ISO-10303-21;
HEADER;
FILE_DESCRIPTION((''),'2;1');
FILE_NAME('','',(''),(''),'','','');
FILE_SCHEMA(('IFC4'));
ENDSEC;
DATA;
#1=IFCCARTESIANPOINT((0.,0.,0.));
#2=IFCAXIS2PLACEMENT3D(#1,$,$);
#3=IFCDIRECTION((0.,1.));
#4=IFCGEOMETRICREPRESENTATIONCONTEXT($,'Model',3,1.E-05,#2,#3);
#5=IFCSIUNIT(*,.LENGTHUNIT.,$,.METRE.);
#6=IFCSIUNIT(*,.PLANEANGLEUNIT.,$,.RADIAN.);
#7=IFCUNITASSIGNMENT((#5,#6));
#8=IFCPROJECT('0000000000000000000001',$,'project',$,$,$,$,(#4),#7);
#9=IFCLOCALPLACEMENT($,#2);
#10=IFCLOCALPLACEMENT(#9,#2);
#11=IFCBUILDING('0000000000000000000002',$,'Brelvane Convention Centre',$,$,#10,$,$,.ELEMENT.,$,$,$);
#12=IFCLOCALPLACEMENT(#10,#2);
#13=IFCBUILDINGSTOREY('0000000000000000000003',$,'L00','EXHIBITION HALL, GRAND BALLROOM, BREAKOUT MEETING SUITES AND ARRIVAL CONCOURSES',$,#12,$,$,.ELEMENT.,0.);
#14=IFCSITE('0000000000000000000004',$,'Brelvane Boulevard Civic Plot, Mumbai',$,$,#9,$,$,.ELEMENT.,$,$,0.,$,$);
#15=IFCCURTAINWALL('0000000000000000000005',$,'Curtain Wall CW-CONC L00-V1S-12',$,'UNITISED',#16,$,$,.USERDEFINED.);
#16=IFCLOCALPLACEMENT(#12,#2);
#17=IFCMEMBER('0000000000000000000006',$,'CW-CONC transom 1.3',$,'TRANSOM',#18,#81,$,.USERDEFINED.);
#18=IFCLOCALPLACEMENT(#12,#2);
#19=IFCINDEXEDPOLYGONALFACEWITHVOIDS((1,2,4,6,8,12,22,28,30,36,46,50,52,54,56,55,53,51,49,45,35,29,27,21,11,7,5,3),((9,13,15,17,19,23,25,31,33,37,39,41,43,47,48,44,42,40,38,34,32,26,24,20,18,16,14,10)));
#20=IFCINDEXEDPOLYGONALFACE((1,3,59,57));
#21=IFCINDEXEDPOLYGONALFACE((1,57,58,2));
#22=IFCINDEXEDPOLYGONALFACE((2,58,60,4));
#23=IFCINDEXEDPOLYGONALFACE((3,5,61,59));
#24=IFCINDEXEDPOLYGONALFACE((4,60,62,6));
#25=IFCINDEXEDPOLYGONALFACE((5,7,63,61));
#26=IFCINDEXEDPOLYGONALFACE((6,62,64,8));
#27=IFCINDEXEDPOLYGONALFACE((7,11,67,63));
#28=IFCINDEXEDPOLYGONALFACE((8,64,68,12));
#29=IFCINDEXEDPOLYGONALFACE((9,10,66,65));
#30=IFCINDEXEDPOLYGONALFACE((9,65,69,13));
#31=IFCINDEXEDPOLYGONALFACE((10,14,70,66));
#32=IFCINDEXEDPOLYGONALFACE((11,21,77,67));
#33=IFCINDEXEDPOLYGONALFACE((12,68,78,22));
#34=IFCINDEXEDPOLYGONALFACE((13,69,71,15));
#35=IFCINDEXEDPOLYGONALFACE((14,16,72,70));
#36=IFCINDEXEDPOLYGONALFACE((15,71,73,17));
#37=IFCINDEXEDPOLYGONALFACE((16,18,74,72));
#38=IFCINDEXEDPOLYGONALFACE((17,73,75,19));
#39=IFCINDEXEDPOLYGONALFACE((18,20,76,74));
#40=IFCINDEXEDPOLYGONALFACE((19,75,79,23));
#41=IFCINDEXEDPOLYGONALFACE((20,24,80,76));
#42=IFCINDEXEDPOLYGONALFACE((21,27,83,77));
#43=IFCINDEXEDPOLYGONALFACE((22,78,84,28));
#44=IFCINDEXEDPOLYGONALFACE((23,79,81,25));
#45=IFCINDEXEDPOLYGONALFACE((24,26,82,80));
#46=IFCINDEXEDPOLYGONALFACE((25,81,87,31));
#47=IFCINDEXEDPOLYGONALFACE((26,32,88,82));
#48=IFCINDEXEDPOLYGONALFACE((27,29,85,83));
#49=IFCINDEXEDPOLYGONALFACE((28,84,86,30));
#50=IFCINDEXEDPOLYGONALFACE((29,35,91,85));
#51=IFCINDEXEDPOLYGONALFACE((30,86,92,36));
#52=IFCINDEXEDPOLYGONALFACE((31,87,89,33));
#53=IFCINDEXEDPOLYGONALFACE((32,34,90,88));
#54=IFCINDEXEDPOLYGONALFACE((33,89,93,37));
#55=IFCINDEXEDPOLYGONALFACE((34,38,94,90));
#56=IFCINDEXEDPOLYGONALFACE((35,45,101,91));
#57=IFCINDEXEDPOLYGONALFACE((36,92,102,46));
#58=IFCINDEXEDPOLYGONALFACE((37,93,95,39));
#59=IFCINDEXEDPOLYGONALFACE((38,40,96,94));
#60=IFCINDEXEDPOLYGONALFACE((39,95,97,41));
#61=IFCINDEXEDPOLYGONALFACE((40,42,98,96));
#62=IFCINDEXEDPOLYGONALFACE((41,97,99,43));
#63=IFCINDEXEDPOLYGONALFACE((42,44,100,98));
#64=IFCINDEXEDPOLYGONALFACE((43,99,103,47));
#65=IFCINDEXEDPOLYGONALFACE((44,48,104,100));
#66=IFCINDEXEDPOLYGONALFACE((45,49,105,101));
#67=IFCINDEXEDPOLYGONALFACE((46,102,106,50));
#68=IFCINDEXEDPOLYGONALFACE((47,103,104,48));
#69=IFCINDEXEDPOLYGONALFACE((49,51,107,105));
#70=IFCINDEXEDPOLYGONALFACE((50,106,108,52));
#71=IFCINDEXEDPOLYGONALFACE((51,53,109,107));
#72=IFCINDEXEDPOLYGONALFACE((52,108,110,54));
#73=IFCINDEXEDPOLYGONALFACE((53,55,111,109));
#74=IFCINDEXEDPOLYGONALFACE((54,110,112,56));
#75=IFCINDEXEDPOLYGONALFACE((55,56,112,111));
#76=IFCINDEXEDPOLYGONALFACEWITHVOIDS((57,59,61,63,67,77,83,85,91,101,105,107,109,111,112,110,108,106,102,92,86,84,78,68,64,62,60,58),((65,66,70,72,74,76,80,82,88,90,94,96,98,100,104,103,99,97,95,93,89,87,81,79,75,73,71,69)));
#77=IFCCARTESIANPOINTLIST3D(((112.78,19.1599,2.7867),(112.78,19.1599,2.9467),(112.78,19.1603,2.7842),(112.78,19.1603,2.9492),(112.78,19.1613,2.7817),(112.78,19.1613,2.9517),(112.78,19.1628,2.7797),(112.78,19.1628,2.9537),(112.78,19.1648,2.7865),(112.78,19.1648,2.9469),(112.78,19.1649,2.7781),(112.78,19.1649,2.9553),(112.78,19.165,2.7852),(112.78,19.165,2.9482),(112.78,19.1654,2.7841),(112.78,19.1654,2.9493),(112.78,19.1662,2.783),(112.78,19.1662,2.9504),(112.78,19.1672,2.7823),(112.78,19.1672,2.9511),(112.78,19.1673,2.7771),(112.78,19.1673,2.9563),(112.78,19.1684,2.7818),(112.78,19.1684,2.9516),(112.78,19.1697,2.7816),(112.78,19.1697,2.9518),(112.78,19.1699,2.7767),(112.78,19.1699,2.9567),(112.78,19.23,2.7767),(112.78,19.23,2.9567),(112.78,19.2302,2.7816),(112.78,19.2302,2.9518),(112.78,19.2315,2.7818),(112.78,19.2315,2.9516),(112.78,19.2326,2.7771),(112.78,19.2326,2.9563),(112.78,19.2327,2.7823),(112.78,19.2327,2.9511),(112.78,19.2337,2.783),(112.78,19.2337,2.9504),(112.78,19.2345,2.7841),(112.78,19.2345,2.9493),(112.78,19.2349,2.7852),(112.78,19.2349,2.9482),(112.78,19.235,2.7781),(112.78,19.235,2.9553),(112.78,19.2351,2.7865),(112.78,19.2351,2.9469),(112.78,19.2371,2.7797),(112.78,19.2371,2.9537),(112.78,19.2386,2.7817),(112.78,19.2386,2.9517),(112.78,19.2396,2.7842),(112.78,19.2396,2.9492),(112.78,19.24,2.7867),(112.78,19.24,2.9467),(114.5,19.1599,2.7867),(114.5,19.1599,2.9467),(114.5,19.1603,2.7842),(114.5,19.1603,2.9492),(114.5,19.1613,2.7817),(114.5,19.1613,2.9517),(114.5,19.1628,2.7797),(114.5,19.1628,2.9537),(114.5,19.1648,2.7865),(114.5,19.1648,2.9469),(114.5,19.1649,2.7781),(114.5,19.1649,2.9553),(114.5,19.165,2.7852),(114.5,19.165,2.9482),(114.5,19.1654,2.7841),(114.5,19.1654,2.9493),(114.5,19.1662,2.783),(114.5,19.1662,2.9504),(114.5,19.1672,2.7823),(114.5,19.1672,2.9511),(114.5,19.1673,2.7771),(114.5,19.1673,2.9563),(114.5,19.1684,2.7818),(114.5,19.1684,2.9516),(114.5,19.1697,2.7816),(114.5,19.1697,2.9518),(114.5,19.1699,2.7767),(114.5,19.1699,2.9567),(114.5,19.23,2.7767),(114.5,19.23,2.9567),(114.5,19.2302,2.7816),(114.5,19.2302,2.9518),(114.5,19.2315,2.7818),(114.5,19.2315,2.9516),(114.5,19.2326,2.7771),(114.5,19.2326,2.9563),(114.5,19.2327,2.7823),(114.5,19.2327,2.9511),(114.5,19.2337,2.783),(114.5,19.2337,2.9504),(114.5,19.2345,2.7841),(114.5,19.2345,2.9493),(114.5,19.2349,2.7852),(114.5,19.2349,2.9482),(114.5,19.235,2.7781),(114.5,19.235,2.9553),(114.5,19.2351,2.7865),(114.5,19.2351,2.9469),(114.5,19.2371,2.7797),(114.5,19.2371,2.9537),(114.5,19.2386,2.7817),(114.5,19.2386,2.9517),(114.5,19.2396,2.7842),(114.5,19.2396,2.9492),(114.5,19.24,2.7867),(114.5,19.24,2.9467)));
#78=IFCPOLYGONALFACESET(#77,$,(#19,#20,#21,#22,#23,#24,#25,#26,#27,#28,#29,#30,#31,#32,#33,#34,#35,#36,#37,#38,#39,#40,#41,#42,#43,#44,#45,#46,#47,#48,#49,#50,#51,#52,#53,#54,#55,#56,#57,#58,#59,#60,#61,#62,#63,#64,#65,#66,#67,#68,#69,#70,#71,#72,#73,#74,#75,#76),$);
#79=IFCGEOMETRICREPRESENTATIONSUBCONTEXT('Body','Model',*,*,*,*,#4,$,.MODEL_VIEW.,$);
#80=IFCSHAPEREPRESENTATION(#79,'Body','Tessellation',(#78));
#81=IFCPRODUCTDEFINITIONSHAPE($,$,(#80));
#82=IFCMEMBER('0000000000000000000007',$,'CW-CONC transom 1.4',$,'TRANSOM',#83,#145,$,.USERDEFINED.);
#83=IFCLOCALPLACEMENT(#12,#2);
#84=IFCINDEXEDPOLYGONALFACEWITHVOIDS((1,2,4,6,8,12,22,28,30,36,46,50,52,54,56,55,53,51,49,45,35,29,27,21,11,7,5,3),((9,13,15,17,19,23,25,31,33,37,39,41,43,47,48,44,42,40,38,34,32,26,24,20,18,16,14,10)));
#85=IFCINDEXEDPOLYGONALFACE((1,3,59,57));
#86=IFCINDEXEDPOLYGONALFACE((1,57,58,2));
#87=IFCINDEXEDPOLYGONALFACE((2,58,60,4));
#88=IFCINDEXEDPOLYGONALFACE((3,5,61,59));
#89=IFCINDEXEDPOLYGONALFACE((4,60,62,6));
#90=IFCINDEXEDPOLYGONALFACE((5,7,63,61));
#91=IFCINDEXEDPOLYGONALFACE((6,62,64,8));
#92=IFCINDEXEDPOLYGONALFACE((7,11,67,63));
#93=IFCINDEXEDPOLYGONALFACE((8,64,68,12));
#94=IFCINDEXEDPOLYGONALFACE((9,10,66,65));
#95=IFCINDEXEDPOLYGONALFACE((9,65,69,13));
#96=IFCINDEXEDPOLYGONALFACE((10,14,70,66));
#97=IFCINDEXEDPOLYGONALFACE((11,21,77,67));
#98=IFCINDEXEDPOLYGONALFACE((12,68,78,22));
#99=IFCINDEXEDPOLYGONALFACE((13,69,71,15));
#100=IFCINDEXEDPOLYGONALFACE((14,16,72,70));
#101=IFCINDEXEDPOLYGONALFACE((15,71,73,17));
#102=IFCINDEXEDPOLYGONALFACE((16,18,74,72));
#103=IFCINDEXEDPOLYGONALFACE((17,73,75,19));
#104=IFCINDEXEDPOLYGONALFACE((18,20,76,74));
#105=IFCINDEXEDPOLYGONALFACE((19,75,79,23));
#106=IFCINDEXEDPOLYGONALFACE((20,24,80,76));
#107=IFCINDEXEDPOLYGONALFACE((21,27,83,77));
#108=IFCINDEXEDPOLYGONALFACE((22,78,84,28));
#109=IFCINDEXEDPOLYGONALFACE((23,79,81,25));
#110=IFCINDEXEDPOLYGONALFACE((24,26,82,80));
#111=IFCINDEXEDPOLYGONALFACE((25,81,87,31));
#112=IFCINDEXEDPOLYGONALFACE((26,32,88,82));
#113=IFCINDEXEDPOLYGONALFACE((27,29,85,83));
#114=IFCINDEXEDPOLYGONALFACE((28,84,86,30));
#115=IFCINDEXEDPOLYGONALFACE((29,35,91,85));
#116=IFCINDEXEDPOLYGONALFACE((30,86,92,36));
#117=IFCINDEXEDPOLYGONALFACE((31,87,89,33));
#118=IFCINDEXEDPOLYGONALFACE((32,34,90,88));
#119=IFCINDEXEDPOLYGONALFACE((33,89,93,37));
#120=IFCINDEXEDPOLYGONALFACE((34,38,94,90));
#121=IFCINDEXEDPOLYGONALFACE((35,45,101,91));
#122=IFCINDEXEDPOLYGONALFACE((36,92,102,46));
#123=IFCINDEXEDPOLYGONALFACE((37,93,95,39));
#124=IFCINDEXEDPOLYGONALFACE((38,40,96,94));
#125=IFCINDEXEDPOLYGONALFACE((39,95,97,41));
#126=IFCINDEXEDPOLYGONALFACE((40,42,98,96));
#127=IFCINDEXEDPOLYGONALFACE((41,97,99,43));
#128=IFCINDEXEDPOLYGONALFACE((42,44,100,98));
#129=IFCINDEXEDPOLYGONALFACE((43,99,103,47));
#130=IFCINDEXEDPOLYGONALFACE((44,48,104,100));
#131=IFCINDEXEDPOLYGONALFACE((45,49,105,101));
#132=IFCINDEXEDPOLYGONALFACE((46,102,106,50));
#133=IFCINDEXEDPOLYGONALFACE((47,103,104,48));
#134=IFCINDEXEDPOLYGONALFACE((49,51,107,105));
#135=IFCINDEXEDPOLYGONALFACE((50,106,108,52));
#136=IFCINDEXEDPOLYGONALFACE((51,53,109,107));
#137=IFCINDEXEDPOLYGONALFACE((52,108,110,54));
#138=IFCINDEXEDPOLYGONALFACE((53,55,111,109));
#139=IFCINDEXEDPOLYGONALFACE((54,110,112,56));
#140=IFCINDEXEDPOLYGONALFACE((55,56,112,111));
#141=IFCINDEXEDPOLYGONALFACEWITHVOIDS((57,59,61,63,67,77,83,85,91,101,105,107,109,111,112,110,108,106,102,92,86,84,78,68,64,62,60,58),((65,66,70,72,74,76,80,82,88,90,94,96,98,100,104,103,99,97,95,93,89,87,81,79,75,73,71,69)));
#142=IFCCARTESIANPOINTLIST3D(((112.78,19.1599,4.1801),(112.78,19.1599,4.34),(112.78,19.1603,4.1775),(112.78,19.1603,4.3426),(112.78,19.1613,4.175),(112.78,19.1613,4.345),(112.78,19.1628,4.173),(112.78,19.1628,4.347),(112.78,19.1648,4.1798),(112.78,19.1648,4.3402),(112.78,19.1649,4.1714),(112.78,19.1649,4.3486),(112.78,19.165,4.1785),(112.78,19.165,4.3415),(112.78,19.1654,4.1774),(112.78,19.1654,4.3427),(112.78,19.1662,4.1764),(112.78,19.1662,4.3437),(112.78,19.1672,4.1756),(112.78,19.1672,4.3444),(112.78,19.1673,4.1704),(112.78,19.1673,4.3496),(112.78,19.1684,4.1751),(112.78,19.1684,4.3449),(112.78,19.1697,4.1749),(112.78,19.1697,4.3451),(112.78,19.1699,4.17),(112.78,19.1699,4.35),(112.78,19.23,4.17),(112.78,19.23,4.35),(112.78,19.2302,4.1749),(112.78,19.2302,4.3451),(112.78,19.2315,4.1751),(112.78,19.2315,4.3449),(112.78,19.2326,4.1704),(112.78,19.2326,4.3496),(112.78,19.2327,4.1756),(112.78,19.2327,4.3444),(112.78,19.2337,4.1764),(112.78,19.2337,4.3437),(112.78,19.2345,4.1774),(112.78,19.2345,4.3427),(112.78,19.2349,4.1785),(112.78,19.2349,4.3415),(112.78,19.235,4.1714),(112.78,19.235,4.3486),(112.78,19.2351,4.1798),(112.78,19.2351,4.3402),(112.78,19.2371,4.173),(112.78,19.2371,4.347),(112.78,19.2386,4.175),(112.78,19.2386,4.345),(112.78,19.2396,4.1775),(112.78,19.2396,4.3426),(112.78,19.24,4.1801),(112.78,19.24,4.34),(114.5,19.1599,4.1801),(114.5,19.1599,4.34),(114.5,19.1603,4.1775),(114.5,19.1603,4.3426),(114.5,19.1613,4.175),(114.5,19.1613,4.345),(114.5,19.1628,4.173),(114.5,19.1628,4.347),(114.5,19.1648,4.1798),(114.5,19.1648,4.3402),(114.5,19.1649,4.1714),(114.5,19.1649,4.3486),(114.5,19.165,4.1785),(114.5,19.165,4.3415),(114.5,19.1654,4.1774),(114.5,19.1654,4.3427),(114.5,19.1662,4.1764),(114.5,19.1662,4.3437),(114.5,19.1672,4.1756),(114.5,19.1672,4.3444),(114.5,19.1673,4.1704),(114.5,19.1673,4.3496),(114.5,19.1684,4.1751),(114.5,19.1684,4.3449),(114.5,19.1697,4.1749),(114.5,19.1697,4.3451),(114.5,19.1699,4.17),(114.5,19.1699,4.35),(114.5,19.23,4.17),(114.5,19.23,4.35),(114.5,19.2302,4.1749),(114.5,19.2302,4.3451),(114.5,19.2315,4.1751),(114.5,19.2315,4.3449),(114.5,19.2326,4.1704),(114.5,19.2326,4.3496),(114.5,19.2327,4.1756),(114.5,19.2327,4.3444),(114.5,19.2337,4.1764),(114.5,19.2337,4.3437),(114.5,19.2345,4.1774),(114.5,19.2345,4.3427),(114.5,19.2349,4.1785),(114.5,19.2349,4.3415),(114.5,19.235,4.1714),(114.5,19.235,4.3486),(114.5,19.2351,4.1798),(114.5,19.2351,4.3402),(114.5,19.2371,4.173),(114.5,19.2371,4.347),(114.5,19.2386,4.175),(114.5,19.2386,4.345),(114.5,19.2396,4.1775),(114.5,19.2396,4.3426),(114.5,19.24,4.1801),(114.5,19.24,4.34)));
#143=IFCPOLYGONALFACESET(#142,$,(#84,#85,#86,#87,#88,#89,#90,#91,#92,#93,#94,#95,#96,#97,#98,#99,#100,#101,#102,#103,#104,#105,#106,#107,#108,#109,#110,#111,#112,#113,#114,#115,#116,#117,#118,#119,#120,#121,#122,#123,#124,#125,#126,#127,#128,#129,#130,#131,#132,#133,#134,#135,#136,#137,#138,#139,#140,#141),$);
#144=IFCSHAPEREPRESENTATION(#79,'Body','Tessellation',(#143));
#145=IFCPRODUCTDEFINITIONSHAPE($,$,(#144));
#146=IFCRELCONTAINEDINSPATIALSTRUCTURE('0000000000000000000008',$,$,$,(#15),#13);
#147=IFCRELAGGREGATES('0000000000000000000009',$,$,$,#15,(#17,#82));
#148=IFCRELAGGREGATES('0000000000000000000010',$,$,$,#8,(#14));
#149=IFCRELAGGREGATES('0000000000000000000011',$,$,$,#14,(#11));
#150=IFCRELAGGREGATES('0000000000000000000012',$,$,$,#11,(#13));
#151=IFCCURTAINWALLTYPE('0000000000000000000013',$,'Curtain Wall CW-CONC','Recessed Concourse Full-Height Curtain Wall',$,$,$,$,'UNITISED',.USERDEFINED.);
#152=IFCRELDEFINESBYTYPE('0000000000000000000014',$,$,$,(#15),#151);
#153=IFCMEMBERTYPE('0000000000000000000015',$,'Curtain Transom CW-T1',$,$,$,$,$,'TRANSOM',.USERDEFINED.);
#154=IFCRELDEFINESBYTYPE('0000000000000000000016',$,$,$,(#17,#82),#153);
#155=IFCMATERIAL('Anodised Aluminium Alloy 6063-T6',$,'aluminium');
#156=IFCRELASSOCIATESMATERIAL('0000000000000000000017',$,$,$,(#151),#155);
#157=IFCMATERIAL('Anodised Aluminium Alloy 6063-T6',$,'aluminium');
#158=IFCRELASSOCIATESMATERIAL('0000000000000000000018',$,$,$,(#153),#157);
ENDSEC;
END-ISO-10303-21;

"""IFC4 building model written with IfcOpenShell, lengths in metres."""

from ifc_helpers import new_model, si_unit, direction, frame, origin, origin_2d, place, context, subcontext, project, spatial, hollow_rectangle, extrude, material, material_profile, profile_set, type_object, element, aggregate, save


model = new_model("IFC4")

# Units and contexts
model_context = context("Model", 3, precision=1e-05, world=origin(), true_north=direction((0.0, 1.0)))
body_context = subcontext(model_context, "Body", "Model", "MODEL_VIEW")
ifc_project = project(units=[si_unit("LENGTHUNIT", "METRE"), si_unit("PLANEANGLEUNIT", "RADIAN")], contexts=[model_context])

# Site, building, storey
site_placement = place(None, origin())
site = spatial("IfcSite", under=ifc_project, at=site_placement, Name="Brelvane Boulevard Civic Plot, Mumbai", CompositionType="ELEMENT", RefElevation=0.0)
building_placement = place(site_placement, origin())
building = spatial("IfcBuilding", under=site, at=building_placement, Name="Brelvane Convention Centre", CompositionType="ELEMENT")
storey_placement = place(building_placement, origin())
storey = spatial("IfcBuildingStorey", under=building, at=storey_placement, Name="L00", Description="EXHIBITION HALL, GRAND BALLROOM, BREAKOUT MEETING SUITES AND ARRIVAL CONCOURSES", CompositionType="ELEMENT", Elevation=0.0)

# Curtain wall, members
ifc_material_1 = material(Name="Anodised Aluminium Alloy 6063-T6", Category="aluminium")
curtain_wall_type = type_object("IfcCurtainWallType", Name="Curtain Wall CW-CONC", Description="Recessed Concourse Full-Height Curtain Wall", ElementType="UNITISED", PredefinedType="USERDEFINED", material=ifc_material_1)
curtain_wall_placement = place(storey_placement, origin())
curtain_wall = element("IfcCurtainWall", 1, at=curtain_wall_placement, inside=storey, type_object=curtain_wall_type, Name="Curtain Wall CW-CONC L00-V1S-12", ObjectType="UNITISED", PredefinedType="USERDEFINED")
ifc_material_2 = material(Name="Anodised Aluminium Alloy 6063-T6", Category="aluminium")
ifc_material_profile_1 = material_profile(ifc_material_2, hollow_rectangle(XDim=0.0801, YDim=0.1799, WallThickness=0.0049, InnerFilletRadius=0.0049, OuterFilletRadius=0.01, at=origin_2d()), Name="ALU-T 180x80x5.0")
ifc_profile_set_1 = profile_set([ifc_material_profile_1], Name="Anodised Aluminium Alloy 6063-T6")
member_type_1 = type_object("IfcMemberType", Name="Curtain Transom CW-T1", ElementType="TRANSOM", PredefinedType="USERDEFINED", material=ifc_profile_set_1)
member_1_placement = place(storey_placement, frame((112.78, 19.2, 2.8667), z_axis=(1.0, 0.0, 0.0), x_axis=(0.0, 1.0, 0.0)))
member_1 = element("IfcMember", 2, at=member_1_placement, type_object=member_type_1, Name="CW-CONC transom 1.3", ObjectType="TRANSOM", PredefinedType="USERDEFINED", context=body_context, shape_type="SweptSolid", body=[
    extrude(hollow_rectangle(XDim=0.0801, YDim=0.1799, WallThickness=0.0049, InnerFilletRadius=0.0049, OuterFilletRadius=0.01, at=origin_2d()), origin(), (0.0, 0.0, 1.0), 1.72),
])
member_2_placement = place(storey_placement, frame((112.78, 19.2, 4.26), z_axis=(1.0, 0.0, 0.0), x_axis=(0.0, 1.0, 0.0)))
member_2 = element("IfcMember", 3, at=member_2_placement, type_object=member_type_1, Name="CW-CONC transom 1.4", ObjectType="TRANSOM", PredefinedType="USERDEFINED", context=body_context, shape_type="SweptSolid", body=[
    extrude(hollow_rectangle(XDim=0.0801, YDim=0.1799, WallThickness=0.0049, InnerFilletRadius=0.0049, OuterFilletRadius=0.01, at=origin_2d()), origin(), (0.0, 0.0, 1.0), 1.72),
])

aggregate(curtain_wall, [member_1, member_2])

save(model, "model.ifc")
